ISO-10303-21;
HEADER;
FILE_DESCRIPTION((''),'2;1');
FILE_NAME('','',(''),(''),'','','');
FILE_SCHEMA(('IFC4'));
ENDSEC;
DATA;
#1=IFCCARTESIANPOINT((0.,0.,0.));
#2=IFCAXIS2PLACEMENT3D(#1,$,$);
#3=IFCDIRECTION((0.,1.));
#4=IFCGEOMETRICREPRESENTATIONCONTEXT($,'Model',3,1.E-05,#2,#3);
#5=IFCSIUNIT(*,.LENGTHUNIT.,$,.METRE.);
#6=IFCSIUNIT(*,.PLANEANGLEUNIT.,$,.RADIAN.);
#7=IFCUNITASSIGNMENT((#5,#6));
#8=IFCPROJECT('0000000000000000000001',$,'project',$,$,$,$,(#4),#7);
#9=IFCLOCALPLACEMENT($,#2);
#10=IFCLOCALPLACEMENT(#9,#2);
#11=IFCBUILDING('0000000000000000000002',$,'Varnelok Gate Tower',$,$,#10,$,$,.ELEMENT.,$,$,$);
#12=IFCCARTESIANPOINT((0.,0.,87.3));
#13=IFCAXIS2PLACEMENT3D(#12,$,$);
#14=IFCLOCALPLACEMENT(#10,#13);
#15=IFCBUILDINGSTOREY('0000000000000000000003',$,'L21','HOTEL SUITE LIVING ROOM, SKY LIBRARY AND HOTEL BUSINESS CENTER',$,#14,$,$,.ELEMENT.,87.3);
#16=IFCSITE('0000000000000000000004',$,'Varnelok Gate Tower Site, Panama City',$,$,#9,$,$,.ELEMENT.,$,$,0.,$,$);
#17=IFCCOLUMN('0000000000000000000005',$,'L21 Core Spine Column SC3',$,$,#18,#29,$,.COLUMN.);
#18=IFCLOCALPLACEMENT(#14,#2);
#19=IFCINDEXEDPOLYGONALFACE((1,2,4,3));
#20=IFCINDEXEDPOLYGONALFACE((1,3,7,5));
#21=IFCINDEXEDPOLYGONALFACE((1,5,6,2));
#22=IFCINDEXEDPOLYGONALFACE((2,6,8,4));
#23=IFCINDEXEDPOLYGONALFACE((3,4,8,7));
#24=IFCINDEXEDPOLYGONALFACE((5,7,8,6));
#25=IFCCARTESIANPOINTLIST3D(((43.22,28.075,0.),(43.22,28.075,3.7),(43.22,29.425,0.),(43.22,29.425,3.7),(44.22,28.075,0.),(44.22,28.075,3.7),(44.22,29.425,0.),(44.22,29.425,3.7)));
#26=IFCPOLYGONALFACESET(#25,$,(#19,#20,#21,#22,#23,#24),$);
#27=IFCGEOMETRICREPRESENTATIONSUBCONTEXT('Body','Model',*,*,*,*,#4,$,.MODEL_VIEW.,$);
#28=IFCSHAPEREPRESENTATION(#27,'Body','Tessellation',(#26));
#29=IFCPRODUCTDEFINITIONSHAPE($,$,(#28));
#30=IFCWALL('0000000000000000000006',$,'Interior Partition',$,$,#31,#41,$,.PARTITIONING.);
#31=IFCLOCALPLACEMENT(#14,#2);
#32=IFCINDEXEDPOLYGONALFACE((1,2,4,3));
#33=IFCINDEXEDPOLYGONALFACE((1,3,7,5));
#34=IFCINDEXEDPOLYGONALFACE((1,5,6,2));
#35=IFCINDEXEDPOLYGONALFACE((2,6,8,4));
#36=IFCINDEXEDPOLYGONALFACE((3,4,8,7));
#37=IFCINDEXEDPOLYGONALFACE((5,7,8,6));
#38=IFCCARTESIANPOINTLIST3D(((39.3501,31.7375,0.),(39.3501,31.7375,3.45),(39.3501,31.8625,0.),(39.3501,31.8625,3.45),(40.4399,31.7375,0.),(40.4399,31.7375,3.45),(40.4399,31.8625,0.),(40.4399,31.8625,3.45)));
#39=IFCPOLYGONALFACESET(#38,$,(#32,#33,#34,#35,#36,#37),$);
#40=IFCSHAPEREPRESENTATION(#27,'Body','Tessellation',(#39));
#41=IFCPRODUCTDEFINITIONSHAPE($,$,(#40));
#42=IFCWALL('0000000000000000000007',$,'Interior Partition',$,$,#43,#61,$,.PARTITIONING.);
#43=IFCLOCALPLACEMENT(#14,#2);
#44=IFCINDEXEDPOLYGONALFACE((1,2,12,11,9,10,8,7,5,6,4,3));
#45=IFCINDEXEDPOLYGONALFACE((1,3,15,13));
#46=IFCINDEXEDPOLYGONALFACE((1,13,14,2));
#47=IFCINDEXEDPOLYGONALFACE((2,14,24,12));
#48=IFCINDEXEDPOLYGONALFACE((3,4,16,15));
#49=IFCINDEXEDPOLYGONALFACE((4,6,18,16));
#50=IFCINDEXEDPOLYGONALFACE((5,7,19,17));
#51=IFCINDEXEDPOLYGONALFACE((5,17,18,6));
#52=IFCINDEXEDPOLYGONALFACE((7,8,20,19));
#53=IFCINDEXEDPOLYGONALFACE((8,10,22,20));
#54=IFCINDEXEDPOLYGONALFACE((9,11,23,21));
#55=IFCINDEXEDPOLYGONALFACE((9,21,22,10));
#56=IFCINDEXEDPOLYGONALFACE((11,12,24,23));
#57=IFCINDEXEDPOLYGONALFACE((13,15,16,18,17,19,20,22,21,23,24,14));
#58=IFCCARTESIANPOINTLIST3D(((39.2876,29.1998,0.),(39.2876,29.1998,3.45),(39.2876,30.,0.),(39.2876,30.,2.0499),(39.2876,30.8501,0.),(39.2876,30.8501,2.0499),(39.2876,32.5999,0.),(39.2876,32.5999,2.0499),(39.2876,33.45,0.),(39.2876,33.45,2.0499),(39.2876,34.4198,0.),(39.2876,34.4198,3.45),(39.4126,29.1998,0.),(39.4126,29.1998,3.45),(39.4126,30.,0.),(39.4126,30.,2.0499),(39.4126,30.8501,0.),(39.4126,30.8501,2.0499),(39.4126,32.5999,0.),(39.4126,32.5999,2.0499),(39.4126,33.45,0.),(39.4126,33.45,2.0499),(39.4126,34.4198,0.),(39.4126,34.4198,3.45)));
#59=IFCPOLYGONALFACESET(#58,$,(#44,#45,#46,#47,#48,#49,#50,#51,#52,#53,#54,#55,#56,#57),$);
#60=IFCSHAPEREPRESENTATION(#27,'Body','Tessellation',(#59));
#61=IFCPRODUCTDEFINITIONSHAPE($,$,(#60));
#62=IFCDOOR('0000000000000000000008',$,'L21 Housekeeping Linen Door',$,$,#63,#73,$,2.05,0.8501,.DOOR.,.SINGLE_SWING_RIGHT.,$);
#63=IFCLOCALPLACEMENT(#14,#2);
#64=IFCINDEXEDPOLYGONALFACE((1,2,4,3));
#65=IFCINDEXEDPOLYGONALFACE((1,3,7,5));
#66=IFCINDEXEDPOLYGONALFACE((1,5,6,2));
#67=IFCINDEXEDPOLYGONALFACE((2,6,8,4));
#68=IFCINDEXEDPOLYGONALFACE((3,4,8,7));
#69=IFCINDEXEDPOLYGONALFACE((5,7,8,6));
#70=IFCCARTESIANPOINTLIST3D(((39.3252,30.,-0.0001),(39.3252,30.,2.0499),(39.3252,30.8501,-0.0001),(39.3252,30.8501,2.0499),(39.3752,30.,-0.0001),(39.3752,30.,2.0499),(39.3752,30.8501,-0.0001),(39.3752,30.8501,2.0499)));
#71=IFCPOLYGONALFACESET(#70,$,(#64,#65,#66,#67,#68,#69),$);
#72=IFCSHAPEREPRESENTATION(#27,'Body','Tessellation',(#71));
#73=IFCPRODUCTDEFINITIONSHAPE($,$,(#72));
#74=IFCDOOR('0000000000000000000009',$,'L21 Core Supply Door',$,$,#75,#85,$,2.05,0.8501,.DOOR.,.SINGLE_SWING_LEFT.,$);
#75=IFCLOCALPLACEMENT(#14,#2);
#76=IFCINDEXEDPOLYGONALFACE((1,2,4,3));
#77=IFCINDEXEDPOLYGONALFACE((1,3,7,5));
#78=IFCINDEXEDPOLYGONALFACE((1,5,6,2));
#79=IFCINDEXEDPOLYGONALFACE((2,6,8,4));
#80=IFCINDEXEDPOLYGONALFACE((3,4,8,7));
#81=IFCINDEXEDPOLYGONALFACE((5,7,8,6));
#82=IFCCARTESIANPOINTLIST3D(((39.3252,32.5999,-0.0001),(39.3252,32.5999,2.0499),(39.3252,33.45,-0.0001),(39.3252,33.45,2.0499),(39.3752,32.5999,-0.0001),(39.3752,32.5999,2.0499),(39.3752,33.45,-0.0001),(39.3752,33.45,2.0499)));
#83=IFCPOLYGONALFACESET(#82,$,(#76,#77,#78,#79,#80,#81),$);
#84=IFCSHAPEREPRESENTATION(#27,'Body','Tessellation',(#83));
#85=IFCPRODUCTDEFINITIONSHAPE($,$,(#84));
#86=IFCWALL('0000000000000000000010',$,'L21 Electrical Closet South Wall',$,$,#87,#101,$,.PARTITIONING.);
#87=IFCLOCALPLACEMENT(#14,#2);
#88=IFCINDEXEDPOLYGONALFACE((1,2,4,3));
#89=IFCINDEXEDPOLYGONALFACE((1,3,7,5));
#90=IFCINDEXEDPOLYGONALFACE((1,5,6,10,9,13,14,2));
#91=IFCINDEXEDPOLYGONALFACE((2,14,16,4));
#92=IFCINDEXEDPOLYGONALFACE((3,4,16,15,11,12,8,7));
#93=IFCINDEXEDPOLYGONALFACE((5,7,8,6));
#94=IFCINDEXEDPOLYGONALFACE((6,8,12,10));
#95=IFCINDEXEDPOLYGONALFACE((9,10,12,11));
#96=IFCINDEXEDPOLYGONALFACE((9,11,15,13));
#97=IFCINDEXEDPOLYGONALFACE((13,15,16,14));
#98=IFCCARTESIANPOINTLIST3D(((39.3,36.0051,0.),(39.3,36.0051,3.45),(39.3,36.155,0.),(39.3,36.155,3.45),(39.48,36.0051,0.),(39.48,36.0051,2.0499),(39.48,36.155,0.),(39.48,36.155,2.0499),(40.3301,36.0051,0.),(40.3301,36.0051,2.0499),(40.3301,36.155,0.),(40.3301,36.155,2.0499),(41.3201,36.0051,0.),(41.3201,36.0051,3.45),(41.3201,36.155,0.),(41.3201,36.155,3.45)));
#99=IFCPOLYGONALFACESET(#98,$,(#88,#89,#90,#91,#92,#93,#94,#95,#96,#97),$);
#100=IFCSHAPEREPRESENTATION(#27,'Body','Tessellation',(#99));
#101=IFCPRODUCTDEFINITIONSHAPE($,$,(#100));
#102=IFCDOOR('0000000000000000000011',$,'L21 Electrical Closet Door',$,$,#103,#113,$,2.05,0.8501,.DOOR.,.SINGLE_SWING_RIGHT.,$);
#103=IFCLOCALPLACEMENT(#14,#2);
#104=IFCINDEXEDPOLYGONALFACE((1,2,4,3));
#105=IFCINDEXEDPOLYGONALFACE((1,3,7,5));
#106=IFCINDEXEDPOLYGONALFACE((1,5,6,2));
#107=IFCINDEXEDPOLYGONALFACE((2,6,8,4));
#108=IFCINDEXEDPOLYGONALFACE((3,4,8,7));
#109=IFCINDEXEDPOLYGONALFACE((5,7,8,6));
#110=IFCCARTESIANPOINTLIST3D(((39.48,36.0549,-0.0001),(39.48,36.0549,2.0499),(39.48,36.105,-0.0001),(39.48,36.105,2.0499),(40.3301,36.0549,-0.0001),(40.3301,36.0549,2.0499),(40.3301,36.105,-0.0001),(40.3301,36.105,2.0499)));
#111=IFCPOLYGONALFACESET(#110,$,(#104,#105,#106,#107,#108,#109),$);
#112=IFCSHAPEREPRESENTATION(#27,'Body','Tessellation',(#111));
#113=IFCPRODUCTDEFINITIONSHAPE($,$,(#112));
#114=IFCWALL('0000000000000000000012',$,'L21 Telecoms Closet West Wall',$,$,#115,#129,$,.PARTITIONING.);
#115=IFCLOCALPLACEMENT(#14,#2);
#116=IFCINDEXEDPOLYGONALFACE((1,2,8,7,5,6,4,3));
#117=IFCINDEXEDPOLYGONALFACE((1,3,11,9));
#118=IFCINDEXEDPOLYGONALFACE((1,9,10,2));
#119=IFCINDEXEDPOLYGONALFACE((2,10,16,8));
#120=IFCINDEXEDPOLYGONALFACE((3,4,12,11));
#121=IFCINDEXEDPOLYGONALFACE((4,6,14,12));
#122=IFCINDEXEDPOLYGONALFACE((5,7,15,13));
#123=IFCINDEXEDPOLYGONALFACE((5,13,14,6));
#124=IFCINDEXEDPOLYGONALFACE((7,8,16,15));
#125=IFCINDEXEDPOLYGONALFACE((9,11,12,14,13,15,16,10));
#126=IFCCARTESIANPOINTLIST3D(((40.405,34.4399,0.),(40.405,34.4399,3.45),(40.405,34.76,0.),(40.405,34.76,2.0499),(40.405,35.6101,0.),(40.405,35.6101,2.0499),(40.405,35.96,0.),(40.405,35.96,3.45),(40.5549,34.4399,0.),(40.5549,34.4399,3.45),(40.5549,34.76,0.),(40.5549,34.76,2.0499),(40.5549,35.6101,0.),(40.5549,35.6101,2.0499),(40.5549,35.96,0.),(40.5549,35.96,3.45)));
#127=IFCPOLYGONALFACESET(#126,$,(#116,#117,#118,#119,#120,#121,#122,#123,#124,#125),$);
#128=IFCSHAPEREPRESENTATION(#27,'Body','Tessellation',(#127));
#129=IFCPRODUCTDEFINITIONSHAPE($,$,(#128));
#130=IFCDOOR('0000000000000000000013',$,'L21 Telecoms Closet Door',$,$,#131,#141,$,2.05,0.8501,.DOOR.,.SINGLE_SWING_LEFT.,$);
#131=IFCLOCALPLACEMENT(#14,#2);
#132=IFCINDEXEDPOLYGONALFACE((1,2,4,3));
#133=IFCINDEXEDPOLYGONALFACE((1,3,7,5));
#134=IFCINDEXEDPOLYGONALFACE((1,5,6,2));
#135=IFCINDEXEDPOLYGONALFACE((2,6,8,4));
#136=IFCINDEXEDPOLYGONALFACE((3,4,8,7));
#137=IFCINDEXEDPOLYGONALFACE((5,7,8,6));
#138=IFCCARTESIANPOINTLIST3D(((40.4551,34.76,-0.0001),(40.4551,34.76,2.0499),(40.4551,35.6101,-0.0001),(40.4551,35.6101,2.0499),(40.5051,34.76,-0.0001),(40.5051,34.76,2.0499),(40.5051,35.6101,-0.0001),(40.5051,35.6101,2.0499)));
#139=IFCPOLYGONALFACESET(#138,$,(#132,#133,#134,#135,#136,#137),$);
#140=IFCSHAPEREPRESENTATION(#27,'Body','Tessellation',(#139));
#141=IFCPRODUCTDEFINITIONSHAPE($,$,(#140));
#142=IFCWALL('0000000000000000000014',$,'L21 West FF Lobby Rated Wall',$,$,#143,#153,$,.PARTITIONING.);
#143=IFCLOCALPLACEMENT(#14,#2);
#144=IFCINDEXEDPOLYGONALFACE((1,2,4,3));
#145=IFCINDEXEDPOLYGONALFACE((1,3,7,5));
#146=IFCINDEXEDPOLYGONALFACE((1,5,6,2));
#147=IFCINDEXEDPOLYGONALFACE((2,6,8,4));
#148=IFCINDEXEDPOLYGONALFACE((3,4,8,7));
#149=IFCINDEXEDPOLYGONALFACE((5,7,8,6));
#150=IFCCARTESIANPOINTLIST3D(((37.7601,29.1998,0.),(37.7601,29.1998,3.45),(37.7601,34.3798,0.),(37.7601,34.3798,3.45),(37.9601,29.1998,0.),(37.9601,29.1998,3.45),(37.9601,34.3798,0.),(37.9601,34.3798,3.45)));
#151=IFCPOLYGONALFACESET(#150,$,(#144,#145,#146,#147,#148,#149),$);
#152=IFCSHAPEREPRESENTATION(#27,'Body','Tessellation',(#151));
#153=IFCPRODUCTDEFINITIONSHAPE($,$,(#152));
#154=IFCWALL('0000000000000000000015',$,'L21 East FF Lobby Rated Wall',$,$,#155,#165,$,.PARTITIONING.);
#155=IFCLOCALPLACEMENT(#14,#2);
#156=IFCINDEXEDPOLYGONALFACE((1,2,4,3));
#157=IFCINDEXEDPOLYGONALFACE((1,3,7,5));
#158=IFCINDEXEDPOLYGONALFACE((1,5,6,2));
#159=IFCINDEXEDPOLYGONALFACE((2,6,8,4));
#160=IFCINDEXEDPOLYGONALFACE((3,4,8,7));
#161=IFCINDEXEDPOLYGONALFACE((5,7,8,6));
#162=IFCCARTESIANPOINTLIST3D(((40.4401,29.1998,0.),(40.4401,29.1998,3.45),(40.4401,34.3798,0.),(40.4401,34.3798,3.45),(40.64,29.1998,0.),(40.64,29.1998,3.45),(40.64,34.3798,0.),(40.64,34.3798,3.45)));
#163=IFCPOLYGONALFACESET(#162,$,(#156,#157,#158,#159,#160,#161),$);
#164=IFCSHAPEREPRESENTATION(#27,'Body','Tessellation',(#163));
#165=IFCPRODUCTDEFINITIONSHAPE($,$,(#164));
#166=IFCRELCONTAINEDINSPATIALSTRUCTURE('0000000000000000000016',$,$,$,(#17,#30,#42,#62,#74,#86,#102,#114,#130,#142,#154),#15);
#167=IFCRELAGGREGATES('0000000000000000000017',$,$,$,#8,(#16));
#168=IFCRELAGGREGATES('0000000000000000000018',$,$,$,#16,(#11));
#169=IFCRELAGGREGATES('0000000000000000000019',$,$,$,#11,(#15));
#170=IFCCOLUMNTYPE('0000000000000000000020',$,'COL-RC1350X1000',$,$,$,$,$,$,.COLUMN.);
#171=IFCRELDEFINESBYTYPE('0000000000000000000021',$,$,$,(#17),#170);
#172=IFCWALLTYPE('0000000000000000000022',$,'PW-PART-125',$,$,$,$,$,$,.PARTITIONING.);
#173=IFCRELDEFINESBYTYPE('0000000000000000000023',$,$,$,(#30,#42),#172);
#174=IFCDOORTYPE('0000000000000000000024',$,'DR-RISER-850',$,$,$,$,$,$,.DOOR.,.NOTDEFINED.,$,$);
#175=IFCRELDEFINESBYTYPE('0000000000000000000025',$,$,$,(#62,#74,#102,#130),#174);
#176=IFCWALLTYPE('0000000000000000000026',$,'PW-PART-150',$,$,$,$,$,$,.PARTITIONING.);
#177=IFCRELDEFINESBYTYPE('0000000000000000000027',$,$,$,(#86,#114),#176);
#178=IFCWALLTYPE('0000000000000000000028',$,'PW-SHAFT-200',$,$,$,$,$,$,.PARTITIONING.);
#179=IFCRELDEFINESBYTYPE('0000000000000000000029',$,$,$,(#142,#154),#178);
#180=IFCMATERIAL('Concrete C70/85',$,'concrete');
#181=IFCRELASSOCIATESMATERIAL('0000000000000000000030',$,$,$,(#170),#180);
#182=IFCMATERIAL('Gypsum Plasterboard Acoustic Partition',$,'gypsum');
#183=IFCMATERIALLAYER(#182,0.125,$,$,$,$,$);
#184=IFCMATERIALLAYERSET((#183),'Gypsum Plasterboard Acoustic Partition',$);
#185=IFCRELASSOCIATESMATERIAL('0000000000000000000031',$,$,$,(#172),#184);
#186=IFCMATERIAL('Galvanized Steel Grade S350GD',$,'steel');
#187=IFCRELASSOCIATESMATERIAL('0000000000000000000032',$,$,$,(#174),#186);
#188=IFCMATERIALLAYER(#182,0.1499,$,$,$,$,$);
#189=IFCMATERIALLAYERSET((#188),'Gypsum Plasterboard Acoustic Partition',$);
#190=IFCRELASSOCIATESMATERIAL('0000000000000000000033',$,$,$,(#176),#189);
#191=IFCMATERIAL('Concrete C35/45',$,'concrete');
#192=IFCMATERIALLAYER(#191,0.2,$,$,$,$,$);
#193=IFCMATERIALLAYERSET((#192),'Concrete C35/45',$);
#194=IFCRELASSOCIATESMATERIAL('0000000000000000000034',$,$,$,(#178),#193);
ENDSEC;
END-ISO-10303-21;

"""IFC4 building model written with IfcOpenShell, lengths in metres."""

from ifc_helpers import new_model, si_unit, direction, frame, frame_2d, origin, origin_2d, place, context, subcontext, project, spatial, rectangle, extrude, material, layer, layer_set, material_profile, profile_set, type_object, element, fill, save


model = new_model("IFC4")

# Units and contexts
model_context = context("Model", 3, precision=1e-05, world=origin(), true_north=direction((0.0, 1.0)))
body_context = subcontext(model_context, "Body", "Model", "MODEL_VIEW")
ifc_project = project(units=[si_unit("LENGTHUNIT", "METRE"), si_unit("PLANEANGLEUNIT", "RADIAN")], contexts=[model_context])

# Site, building, storey
site_placement = place(None, origin())
site = spatial("IfcSite", under=ifc_project, at=site_placement, Name="Varnelok Gate Tower Site, Panama City", CompositionType="ELEMENT", RefElevation=0.0)
building_placement = place(site_placement, origin())
building = spatial("IfcBuilding", under=site, at=building_placement, Name="Varnelok Gate Tower", CompositionType="ELEMENT")
storey_placement = place(building_placement, frame((0.0, 0.0, 87.3)))
storey = spatial("IfcBuildingStorey", under=building, at=storey_placement, Name="L21", Description="HOTEL SUITE LIVING ROOM, SKY LIBRARY AND HOTEL BUSINESS CENTER", CompositionType="ELEMENT", Elevation=87.3)

# Column
ifc_material_1 = material(Name="Concrete C70/85", Category="concrete")
ifc_material_profile = material_profile(ifc_material_1, rectangle(XDim=1.0, YDim=1.3501, at=origin_2d()), Name="RC1350X1000")
ifc_profile_set = profile_set([ifc_material_profile], Name="Concrete C70/85")
column_type = type_object("IfcColumnType", Name="COL-RC1350X1000", PredefinedType="COLUMN", material=ifc_profile_set)
column_placement = place(storey_placement, frame((43.72, 28.75, 0.0), z_axis=(0.0, 0.0, 1.0), x_axis=(1.0, 0.0, 0.0)))
element("IfcColumn", 1, at=column_placement, inside=storey, type_object=column_type, Name="L21 Core Spine Column SC3", PredefinedType="COLUMN", context=body_context, shape_type="SweptSolid", body=[
    extrude(rectangle(XDim=1.0, YDim=1.3501, at=origin_2d()), origin(), (0.0, 0.0, 1.0), 3.7),
])

# Wall
ifc_material_2 = material(Name="Gypsum Plasterboard Acoustic Partition", Category="gypsum")
ifc_layer_1 = layer(ifc_material_2, 0.125)
ifc_layer_set_1 = layer_set([ifc_layer_1], Name="Gypsum Plasterboard Acoustic Partition")
wall_type_1 = type_object("IfcWallType", Name="PW-PART-125", PredefinedType="PARTITIONING", material=ifc_layer_set_1)
wall_1_placement = place(storey_placement, frame((39.3501, 31.8, 0.0), z_axis=(0.0, 0.0, 1.0), x_axis=(1.0, 0.0, 0.0)))
element("IfcWall", 2, at=wall_1_placement, inside=storey, type_object=wall_type_1, Name="Interior Partition", PredefinedType="PARTITIONING", context=body_context, shape_type="SweptSolid", body=[
    extrude(rectangle(XDim=1.0898, YDim=0.125, at=frame_2d((0.5449, 0.0))), origin(), (0.0, 0.0, 1.0), 3.45),
])

# Wall, openings, doors
wall_2_placement = place(storey_placement, frame((39.3501, 29.2, 0.0), z_axis=(0.0, 0.0, 1.0), x_axis=(0.0, 1.0, 0.0)))
wall_2 = element("IfcWall", 3, at=wall_2_placement, inside=storey, type_object=wall_type_1, Name="Interior Partition", PredefinedType="PARTITIONING", context=body_context, shape_type="SweptSolid", body=[
    extrude(rectangle(XDim=5.22, YDim=0.125, at=frame_2d((2.6099, 0.0))), origin(), (0.0, 0.0, 1.0), 3.45),
])
opening_1_placement = place(wall_2_placement, frame((0.8, 0.0, 0.0)))
opening_1 = element("IfcOpeningElement", 4, at=opening_1_placement, cuts=wall_2, PredefinedType="OPENING", context=body_context, shape_type="SweptSolid", body=[
    extrude(rectangle(XDim=0.8501, YDim=2.05, at=frame_2d((0.425, 1.0249))), frame((0.0, 0.0725, 0.0), z_axis=(0.0, -1.0, 0.0), x_axis=(1.0, 0.0, 0.0)), (0.0, 0.0, 1.0), 0.145),
])
opening_2_placement = place(wall_2_placement, frame((3.3999, 0.0, 0.0)))
opening_2 = element("IfcOpeningElement", 5, at=opening_2_placement, cuts=wall_2, PredefinedType="OPENING", context=body_context, shape_type="SweptSolid", body=[
    extrude(rectangle(XDim=0.8501, YDim=2.05, at=frame_2d((0.425, 1.0249))), frame((0.0, 0.0725, 0.0), z_axis=(0.0, -1.0, 0.0), x_axis=(1.0, 0.0, 0.0)), (0.0, 0.0, 1.0), 0.145),
])
ifc_material_3 = material(Name="Galvanized Steel Grade S350GD", Category="steel")
door_type_1 = type_object("IfcDoorType", Name="DR-RISER-850", OperationType="NOTDEFINED", PredefinedType="DOOR", material=ifc_material_3)
door_1_placement = place(opening_1_placement, origin())
door_1 = element("IfcDoor", 6, at=door_1_placement, inside=storey, type_object=door_type_1, Name="L21 Housekeeping Linen Door", OperationType="SINGLE_SWING_RIGHT", OverallHeight=2.05, OverallWidth=0.8501, PredefinedType="DOOR", context=body_context, shape_type="SweptSolid", body=[
    extrude(rectangle(XDim=0.8501, YDim=2.05, at=frame_2d((0.425, 1.0249))), frame((0.0, 0.0249, 0.0), z_axis=(0.0, -1.0, 0.0), x_axis=(1.0, 0.0, 0.0)), (0.0, 0.0, 1.0), 0.05),
])
fill(opening_1, door_1)
door_2_placement = place(opening_2_placement, origin())
door_2 = element("IfcDoor", 7, at=door_2_placement, inside=storey, type_object=door_type_1, Name="L21 Core Supply Door", OperationType="SINGLE_SWING_LEFT", OverallHeight=2.05, OverallWidth=0.8501, PredefinedType="DOOR", context=body_context, shape_type="SweptSolid", body=[
    extrude(rectangle(XDim=0.8501, YDim=2.05, at=frame_2d((0.425, 1.0249))), frame((0.0, 0.0249, 0.0), z_axis=(0.0, -1.0, 0.0), x_axis=(1.0, 0.0, 0.0)), (0.0, 0.0, 1.0), 0.05),
])
fill(opening_2, door_2)

# Walls, openings, doors
ifc_layer_2 = layer(ifc_material_2, 0.1499)
ifc_layer_set_2 = layer_set([ifc_layer_2], Name="Gypsum Plasterboard Acoustic Partition")
wall_type_2 = type_object("IfcWallType", Name="PW-PART-150", PredefinedType="PARTITIONING", material=ifc_layer_set_2)
wall_3_placement = place(storey_placement, frame((39.3, 36.0801, 0.0), z_axis=(0.0, 0.0, 1.0), x_axis=(1.0, 0.0, 0.0)))
wall_3 = element("IfcWall", 8, at=wall_3_placement, inside=storey, type_object=wall_type_2, Name="L21 Electrical Closet South Wall", PredefinedType="PARTITIONING", context=body_context, shape_type="SweptSolid", body=[
    extrude(rectangle(XDim=2.02, YDim=0.1499, at=frame_2d((1.01, 0.0))), origin(), (0.0, 0.0, 1.0), 3.45),
])
opening_3_placement = place(wall_3_placement, frame((0.1799, 0.0, 0.0)))
opening_3 = element("IfcOpeningElement", 9, at=opening_3_placement, cuts=wall_3, PredefinedType="OPENING", context=body_context, shape_type="SweptSolid", body=[
    extrude(rectangle(XDim=0.8501, YDim=2.05, at=frame_2d((0.425, 1.0249))), frame((0.0, 0.085, 0.0), z_axis=(0.0, -1.0, 0.0), x_axis=(1.0, 0.0, 0.0)), (0.0, 0.0, 1.0), 0.1699),
])
door_3_placement = place(opening_3_placement, origin())
door_3 = element("IfcDoor", 10, at=door_3_placement, inside=storey, type_object=door_type_1, Name="L21 Electrical Closet Door", OperationType="SINGLE_SWING_RIGHT", OverallHeight=2.05, OverallWidth=0.8501, PredefinedType="DOOR", context=body_context, shape_type="SweptSolid", body=[
    extrude(rectangle(XDim=0.8501, YDim=2.05, at=frame_2d((0.425, 1.0249))), frame((0.0, 0.0249, 0.0), z_axis=(0.0, -1.0, 0.0), x_axis=(1.0, 0.0, 0.0)), (0.0, 0.0, 1.0), 0.05),
])
fill(opening_3, door_3)
wall_4_placement = place(storey_placement, frame((40.48, 34.4399, 0.0), z_axis=(0.0, 0.0, 1.0), x_axis=(0.0, 1.0, 0.0)))
wall_4 = element("IfcWall", 11, at=wall_4_placement, inside=storey, type_object=wall_type_2, Name="L21 Telecoms Closet West Wall", PredefinedType="PARTITIONING", context=body_context, shape_type="SweptSolid", body=[
    extrude(rectangle(XDim=1.52, YDim=0.1499, at=frame_2d((0.76, 0.0))), origin(), (0.0, 0.0, 1.0), 3.45),
])
opening_4_placement = place(wall_4_placement, frame((0.3201, 0.0, 0.0)))
opening_4 = element("IfcOpeningElement", 12, at=opening_4_placement, cuts=wall_4, PredefinedType="OPENING", context=body_context, shape_type="SweptSolid", body=[
    extrude(rectangle(XDim=0.8501, YDim=2.05, at=frame_2d((0.425, 1.0249))), frame((0.0, 0.085, 0.0), z_axis=(0.0, -1.0, 0.0), x_axis=(1.0, 0.0, 0.0)), (0.0, 0.0, 1.0), 0.1699),
])
door_4_placement = place(opening_4_placement, origin())
door_4 = element("IfcDoor", 13, at=door_4_placement, inside=storey, type_object=door_type_1, Name="L21 Telecoms Closet Door", OperationType="SINGLE_SWING_LEFT", OverallHeight=2.05, OverallWidth=0.8501, PredefinedType="DOOR", context=body_context, shape_type="SweptSolid", body=[
    extrude(rectangle(XDim=0.8501, YDim=2.05, at=frame_2d((0.425, 1.0249))), frame((0.0, 0.0249, 0.0), z_axis=(0.0, -1.0, 0.0), x_axis=(1.0, 0.0, 0.0)), (0.0, 0.0, 1.0), 0.05),
])
fill(opening_4, door_4)

# Walls
ifc_material_4 = material(Name="Concrete C35/45", Category="concrete")
ifc_layer_3 = layer(ifc_material_4, 0.2)
ifc_layer_set_3 = layer_set([ifc_layer_3], Name="Concrete C35/45")
wall_type_3 = type_object("IfcWallType", Name="PW-SHAFT-200", PredefinedType="PARTITIONING", material=ifc_layer_set_3)
for number, where, z_axis, x_axis, name in (
    (14, (37.8601, 29.2, 0.0), (0.0, 0.0, 1.0), (0.0, 1.0, 0.0), "L21 West FF Lobby Rated Wall"),
    (15, (40.54, 29.2, 0.0), (0.0, 0.0, 1.0), (0.0, 1.0, 0.0), "L21 East FF Lobby Rated Wall"),
):
    element("IfcWall", number, at=place(storey_placement, frame(where, z_axis=z_axis, x_axis=x_axis)), inside=storey, type_object=wall_type_3, Name=name, PredefinedType="PARTITIONING", context=body_context, shape_type="SweptSolid", body=[
        extrude(rectangle(XDim=5.1799, YDim=0.2, at=frame_2d((2.5898, 0.0))), origin(), (0.0, 0.0, 1.0), 3.45),
    ])

save(model, "model.ifc")
